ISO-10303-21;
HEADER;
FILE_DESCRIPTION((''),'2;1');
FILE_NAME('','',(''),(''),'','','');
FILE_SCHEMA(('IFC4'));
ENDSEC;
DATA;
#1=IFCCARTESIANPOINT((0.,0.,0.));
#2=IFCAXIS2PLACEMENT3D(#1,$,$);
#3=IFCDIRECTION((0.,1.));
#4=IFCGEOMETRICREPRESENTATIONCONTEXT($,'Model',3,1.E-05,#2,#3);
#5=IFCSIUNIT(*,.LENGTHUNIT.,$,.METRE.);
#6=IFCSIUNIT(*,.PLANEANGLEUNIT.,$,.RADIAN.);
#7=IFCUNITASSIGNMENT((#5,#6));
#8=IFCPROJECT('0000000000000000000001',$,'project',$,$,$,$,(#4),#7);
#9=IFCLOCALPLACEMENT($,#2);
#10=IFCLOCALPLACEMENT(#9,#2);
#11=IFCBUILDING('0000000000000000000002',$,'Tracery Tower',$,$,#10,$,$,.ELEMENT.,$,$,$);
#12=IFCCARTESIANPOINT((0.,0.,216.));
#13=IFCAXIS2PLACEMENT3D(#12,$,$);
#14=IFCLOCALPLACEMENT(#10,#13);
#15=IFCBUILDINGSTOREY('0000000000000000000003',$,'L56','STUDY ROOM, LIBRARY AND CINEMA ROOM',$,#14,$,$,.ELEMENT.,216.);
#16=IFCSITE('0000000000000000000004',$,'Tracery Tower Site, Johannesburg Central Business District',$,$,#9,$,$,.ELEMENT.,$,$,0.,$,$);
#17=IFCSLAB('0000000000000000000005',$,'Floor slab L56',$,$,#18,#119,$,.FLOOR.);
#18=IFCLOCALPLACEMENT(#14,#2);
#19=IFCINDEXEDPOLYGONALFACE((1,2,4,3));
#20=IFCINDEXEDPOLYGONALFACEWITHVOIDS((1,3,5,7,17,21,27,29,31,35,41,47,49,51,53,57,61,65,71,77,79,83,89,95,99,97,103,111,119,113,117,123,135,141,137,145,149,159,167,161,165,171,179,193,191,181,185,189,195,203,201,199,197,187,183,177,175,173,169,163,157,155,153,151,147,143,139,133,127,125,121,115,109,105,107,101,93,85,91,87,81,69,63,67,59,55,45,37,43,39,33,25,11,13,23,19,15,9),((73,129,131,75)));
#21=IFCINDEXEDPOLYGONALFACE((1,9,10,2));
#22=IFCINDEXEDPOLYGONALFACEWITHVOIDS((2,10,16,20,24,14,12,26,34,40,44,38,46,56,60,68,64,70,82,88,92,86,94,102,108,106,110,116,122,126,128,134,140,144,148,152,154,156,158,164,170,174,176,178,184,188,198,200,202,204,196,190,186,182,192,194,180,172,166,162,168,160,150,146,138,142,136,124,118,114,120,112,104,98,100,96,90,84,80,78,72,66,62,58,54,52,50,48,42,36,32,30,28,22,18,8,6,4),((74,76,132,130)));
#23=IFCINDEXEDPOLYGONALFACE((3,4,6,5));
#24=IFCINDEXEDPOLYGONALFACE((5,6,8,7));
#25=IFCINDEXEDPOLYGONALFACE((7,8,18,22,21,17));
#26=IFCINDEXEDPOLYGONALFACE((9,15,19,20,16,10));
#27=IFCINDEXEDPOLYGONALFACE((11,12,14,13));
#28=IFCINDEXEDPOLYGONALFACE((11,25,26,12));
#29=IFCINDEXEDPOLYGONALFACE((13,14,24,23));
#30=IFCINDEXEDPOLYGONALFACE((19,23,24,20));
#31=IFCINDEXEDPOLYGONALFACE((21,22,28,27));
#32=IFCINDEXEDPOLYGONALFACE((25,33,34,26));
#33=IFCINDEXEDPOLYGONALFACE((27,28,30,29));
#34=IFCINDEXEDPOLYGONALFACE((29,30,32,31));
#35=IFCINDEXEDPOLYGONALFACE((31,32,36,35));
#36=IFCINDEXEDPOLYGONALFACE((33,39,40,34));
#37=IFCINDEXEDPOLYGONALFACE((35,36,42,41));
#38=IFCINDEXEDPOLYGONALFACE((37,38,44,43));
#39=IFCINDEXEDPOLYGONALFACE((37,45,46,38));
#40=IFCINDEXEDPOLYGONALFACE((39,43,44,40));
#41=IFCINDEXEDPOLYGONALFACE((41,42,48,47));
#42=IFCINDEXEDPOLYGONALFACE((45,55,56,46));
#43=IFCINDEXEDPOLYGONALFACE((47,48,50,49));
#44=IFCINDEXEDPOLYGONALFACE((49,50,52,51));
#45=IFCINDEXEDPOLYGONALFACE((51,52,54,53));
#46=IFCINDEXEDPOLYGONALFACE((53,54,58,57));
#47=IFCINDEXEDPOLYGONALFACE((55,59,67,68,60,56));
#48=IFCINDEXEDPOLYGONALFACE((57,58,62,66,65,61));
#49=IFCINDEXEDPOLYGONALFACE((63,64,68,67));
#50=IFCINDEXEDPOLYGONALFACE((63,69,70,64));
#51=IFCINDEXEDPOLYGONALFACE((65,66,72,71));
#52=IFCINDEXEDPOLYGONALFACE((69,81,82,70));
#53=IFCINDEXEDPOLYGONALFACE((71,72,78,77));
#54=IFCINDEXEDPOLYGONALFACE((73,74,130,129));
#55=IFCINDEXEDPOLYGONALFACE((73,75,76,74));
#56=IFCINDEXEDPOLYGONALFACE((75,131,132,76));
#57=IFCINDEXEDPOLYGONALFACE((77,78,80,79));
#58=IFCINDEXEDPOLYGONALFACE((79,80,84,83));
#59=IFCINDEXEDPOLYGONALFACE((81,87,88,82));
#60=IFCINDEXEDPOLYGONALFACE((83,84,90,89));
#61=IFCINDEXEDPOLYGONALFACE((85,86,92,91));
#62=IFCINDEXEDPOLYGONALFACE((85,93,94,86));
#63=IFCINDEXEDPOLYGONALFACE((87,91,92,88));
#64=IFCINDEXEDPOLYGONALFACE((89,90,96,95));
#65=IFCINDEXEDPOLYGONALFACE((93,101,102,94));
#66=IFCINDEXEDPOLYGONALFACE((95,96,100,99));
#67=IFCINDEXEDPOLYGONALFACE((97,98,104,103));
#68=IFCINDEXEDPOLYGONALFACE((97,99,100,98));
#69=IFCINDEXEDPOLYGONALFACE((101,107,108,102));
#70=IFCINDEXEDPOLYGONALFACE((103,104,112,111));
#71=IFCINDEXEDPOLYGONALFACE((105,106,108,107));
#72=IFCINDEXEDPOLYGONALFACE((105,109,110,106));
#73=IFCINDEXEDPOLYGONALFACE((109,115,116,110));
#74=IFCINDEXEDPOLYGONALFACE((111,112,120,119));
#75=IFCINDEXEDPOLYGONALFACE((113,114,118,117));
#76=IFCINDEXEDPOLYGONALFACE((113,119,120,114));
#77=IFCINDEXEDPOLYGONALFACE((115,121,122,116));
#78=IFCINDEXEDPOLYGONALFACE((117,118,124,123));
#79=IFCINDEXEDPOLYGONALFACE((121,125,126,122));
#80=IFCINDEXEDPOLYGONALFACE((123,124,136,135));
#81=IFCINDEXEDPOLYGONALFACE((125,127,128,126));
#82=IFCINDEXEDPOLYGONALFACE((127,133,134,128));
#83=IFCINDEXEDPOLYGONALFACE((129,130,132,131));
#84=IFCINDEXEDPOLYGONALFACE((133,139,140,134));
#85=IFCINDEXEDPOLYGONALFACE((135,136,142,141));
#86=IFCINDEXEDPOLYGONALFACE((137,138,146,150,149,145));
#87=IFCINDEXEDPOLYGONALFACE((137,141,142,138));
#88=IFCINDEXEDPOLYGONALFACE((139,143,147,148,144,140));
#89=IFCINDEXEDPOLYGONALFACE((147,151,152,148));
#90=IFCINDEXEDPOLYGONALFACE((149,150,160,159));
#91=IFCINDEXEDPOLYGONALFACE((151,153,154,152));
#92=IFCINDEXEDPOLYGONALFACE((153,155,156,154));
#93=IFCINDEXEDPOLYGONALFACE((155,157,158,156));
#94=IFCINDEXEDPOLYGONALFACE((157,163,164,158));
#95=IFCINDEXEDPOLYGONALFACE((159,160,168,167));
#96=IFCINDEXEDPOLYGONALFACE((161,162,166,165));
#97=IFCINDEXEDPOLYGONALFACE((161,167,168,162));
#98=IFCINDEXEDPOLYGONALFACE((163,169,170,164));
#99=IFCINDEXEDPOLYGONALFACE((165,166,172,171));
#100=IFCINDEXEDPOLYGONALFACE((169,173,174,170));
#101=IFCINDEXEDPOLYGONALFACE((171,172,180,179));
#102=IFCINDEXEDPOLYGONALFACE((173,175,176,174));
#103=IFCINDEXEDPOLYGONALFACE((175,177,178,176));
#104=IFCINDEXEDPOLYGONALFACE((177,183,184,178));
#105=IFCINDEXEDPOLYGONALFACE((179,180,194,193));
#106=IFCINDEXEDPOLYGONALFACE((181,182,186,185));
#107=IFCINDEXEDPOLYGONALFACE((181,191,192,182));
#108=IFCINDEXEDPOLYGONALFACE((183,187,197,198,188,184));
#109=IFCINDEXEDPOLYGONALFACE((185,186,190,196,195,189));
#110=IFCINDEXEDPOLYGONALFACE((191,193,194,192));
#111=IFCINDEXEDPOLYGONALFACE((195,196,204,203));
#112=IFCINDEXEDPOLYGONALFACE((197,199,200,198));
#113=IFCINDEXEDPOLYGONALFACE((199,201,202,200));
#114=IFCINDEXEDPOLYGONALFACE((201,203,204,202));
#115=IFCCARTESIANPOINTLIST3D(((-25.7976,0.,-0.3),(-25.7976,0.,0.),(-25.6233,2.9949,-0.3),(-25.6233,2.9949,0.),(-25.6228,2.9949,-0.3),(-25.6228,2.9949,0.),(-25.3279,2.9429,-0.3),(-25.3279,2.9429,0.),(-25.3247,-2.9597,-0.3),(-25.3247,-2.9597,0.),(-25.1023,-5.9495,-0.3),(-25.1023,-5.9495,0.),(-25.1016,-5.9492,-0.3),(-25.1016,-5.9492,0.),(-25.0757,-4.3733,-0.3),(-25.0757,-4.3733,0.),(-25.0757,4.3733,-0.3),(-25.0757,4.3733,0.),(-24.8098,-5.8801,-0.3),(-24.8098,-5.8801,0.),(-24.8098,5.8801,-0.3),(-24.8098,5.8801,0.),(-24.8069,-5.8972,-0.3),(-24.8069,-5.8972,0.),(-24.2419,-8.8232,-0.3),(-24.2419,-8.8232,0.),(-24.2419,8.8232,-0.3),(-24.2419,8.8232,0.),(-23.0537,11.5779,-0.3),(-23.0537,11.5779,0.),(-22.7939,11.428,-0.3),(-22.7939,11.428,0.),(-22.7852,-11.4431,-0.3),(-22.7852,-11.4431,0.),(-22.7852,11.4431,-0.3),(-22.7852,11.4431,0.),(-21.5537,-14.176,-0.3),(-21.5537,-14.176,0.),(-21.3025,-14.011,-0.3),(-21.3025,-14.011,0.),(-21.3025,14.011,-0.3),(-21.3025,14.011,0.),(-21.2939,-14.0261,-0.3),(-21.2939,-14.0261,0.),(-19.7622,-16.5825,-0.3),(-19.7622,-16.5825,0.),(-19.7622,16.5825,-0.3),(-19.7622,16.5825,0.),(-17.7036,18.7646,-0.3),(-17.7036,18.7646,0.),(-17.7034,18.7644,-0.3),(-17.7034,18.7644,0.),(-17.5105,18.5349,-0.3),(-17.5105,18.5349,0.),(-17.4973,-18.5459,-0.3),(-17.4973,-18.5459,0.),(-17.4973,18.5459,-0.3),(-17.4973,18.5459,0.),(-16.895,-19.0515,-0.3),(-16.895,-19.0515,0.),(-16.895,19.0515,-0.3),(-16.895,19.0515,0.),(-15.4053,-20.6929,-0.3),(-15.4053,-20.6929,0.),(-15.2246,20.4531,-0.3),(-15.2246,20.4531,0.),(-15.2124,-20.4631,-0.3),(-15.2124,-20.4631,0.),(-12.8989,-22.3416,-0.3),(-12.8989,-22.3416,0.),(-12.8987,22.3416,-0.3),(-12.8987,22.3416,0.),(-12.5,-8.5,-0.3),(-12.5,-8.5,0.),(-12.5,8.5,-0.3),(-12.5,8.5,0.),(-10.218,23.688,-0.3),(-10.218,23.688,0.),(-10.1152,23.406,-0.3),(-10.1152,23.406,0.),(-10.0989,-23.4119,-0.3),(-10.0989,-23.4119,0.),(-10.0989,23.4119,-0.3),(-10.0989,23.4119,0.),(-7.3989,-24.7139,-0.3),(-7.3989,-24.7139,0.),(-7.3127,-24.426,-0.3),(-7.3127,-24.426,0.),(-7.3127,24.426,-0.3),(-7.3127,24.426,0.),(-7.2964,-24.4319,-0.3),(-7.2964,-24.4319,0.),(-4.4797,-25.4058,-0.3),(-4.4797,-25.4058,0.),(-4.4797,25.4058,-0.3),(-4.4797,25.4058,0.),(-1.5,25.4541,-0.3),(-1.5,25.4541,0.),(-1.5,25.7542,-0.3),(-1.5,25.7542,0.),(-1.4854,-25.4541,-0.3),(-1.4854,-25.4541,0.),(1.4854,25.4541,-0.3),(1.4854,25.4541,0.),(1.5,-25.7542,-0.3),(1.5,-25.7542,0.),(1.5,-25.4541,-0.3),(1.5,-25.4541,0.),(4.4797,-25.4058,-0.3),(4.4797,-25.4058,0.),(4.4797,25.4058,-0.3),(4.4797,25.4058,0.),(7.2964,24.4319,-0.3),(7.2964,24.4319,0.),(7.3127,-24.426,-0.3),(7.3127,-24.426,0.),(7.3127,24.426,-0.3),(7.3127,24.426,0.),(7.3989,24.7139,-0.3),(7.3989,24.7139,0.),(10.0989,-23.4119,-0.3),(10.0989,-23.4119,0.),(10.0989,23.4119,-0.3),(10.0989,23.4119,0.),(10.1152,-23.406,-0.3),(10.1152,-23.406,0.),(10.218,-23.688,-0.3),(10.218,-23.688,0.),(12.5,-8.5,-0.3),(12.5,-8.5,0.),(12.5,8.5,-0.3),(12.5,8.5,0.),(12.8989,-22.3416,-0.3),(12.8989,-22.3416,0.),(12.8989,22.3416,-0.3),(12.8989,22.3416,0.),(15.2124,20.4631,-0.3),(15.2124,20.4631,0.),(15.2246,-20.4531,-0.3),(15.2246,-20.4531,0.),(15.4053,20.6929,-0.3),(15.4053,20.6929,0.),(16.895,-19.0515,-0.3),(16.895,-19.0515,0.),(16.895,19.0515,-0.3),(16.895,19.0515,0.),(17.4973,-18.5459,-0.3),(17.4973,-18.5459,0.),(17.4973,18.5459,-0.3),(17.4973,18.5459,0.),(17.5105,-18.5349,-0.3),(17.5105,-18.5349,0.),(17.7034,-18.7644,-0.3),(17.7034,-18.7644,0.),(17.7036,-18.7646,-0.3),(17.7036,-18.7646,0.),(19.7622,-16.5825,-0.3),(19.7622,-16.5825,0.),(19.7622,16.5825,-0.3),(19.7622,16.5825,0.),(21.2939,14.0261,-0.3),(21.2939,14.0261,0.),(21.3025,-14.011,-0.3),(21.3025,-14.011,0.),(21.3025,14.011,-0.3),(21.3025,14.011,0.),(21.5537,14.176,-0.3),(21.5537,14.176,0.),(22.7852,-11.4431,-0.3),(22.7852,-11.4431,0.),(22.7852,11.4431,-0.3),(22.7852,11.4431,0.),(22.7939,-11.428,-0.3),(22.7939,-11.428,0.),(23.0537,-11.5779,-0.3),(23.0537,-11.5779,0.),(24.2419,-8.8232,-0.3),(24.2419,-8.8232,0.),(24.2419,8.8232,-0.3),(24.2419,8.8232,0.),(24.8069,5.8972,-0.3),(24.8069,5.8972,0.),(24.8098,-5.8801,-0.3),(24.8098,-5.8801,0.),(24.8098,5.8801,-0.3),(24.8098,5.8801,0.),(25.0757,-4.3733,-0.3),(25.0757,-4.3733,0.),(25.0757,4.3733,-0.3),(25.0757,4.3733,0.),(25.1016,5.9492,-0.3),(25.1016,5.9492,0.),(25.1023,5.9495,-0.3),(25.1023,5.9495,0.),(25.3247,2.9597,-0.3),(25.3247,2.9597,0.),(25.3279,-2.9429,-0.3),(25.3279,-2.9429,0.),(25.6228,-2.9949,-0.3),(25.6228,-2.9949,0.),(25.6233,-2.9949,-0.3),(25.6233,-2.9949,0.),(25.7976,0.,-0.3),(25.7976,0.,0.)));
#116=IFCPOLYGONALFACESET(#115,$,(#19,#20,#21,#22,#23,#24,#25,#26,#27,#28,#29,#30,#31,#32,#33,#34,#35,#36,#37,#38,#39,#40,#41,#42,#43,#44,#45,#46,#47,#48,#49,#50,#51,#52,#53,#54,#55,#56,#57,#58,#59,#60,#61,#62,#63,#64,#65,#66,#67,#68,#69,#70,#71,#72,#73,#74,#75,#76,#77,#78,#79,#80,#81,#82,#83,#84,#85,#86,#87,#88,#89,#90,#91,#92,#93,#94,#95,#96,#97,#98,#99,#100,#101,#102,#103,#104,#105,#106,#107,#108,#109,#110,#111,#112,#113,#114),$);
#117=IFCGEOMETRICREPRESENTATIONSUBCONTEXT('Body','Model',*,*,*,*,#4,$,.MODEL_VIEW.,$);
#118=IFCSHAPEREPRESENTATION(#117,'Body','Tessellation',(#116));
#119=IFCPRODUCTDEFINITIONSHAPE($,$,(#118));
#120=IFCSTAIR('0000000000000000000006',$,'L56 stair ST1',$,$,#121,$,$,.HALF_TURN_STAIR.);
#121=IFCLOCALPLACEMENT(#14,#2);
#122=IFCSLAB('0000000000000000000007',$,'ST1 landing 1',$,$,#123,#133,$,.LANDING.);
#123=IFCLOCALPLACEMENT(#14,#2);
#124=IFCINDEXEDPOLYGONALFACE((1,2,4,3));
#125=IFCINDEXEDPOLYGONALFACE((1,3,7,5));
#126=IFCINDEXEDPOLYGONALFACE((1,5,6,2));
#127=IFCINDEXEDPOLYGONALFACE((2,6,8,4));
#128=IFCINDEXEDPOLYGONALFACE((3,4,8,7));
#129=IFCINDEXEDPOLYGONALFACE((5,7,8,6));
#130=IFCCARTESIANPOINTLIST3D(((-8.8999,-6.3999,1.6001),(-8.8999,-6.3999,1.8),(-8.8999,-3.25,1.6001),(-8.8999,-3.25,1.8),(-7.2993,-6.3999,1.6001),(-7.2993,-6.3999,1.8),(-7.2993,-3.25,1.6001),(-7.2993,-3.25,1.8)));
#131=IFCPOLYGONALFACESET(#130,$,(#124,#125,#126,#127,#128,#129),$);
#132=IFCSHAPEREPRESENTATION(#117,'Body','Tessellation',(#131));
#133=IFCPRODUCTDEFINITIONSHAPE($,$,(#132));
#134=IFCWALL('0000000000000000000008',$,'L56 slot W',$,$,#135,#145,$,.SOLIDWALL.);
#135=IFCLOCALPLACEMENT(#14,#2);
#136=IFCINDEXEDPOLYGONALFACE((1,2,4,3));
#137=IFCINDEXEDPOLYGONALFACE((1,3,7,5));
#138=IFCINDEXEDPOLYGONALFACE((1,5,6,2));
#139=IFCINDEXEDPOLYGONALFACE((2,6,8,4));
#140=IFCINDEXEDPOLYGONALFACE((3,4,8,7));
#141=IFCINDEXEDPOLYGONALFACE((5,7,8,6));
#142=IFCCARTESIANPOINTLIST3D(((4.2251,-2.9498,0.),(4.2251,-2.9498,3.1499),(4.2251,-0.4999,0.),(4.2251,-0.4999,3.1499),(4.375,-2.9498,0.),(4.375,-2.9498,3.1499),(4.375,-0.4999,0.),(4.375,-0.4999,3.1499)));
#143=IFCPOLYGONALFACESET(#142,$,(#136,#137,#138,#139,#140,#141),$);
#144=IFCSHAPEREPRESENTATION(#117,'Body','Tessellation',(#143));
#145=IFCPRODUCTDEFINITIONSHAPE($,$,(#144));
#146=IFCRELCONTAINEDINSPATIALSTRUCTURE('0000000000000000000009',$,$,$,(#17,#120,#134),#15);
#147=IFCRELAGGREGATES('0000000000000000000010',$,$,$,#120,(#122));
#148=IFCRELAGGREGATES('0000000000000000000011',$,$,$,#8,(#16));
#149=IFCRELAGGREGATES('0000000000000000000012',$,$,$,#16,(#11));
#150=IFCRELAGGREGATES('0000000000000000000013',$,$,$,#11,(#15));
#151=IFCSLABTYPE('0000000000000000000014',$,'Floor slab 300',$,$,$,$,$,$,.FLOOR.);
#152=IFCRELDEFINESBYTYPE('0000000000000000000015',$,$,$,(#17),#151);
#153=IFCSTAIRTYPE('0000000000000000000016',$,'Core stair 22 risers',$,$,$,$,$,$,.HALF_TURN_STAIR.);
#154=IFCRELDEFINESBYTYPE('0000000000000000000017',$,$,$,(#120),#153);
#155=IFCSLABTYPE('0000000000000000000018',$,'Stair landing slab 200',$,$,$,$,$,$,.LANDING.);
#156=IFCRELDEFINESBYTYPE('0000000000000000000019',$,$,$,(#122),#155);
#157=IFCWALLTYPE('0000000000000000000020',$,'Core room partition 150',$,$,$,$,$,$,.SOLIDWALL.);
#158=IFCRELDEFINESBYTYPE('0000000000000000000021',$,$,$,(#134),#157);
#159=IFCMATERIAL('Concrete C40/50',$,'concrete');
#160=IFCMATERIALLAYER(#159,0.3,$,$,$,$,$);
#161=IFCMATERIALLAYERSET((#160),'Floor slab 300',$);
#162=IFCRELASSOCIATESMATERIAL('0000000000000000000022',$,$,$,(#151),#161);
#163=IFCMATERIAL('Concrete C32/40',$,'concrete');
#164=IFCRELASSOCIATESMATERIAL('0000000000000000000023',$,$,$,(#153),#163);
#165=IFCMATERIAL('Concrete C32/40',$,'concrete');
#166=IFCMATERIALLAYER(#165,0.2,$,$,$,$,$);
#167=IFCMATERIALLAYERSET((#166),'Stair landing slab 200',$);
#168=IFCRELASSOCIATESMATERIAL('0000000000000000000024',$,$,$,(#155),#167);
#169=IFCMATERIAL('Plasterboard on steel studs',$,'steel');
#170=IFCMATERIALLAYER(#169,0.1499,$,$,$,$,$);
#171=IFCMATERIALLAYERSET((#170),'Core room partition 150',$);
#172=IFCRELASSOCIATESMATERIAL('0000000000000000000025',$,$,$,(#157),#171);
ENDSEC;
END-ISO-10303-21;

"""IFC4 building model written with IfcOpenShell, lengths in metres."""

from ifc_helpers import new_model, si_unit, direction, frame, frame_2d, origin, place, context, subcontext, project, spatial, polyline, rectangle, outline, extrude, material, layer, layer_set, type_object, element, aggregate, save


model = new_model("IFC4")

# Units and contexts
model_context = context("Model", 3, precision=1e-05, world=origin(), true_north=direction((0.0, 1.0)))
body_context = subcontext(model_context, "Body", "Model", "MODEL_VIEW")
ifc_project = project(units=[si_unit("LENGTHUNIT", "METRE"), si_unit("PLANEANGLEUNIT", "RADIAN")], contexts=[model_context])

# Site, building, storey
site_placement = place(None, origin())
site = spatial("IfcSite", under=ifc_project, at=site_placement, Name="Tracery Tower Site, Johannesburg Central Business District", CompositionType="ELEMENT", RefElevation=0.0)
building_placement = place(site_placement, origin())
building = spatial("IfcBuilding", under=site, at=building_placement, Name="Tracery Tower", CompositionType="ELEMENT")
storey_placement = place(building_placement, frame((0.0, 0.0, 216.0)))
storey = spatial("IfcBuildingStorey", under=building, at=storey_placement, Name="L56", Description="STUDY ROOM, LIBRARY AND CINEMA ROOM", CompositionType="ELEMENT", Elevation=216.0)

# Slab
ifc_material_1 = material(Name="Concrete C40/50", Category="concrete")
ifc_layer_1 = layer(ifc_material_1, 0.3)
ifc_layer_set_1 = layer_set([ifc_layer_1], Name="Floor slab 300")
slab_type_1 = type_object("IfcSlabType", Name="Floor slab 300", PredefinedType="FLOOR", material=ifc_layer_set_1)
slab_1_placement = place(storey_placement, frame((0.0, 0.0, -0.3)))
element("IfcSlab", 1, at=slab_1_placement, inside=storey, type_object=slab_type_1, Name="Floor slab L56", PredefinedType="FLOOR", context=body_context, shape_type="SweptSolid", body=[
    extrude(outline(polyline([(25.3247, 2.9597), (25.0757, 4.3733), (24.8098, 5.8801), (24.8098, 5.8801), (24.8069, 5.8972), (25.1016, 5.9492), (25.1023, 5.9495), (24.2419, 8.8232), (22.7852, 11.4431), (21.3025, 14.011), (21.3025, 14.011), (21.2939, 14.0261), (21.5537, 14.176), (21.5537, 14.176), (19.7622, 16.5825), (17.4973, 18.5459), (16.895, 19.0515), (15.2124, 20.4631), (15.4053, 20.6929), (12.8989, 22.3416), (10.0989, 23.4119), (7.3127, 24.426), (7.3127, 24.426), (7.2964, 24.4319), (7.3989, 24.7139), (4.4797, 25.4058), (1.4854, 25.4541), (-1.5, 25.4541), (-1.5, 25.7542), (-4.4797, 25.4058), (-7.3127, 24.426), (-10.0989, 23.4119), (-10.0989, 23.4119), (-10.1152, 23.406), (-10.218, 23.688), (-12.8987, 22.3416), (-15.2246, 20.4531), (-16.895, 19.0515), (-17.4973, 18.5459), (-17.4973, 18.5459), (-17.5105, 18.5349), (-17.7034, 18.7644), (-17.7036, 18.7646), (-19.7622, 16.5825), (-21.3025, 14.011), (-22.7852, 11.4431), (-22.7852, 11.4431), (-22.7939, 11.428), (-23.0537, 11.5779), (-23.0537, 11.5779), (-24.2419, 8.8232), (-24.8098, 5.8801), (-25.0757, 4.3733), (-25.3279, 2.9429), (-25.6228, 2.9949), (-25.6233, 2.9949), (-25.7976, 0.0), (-25.3247, -2.9597), (-25.0757, -4.3733), (-24.8098, -5.8801), (-24.8098, -5.8801), (-24.8069, -5.8972), (-25.1016, -5.9492), (-25.1023, -5.9495), (-24.2419, -8.8232), (-22.7852, -11.4431), (-21.3025, -14.011), (-21.3025, -14.011), (-21.2939, -14.0261), (-21.5537, -14.176), (-21.5537, -14.176), (-19.7622, -16.5825), (-17.4973, -18.5459), (-16.895, -19.0515), (-15.2124, -20.4631), (-15.4053, -20.6929), (-12.8989, -22.3416), (-10.0989, -23.4119), (-7.3127, -24.426), (-7.3127, -24.426), (-7.2964, -24.4319), (-7.3989, -24.7139), (-4.4797, -25.4058), (-1.4854, -25.4541), (1.5, -25.4541), (1.5, -25.7542), (4.4797, -25.4058), (7.3127, -24.426), (10.0989, -23.4119), (10.0989, -23.4119), (10.1152, -23.406), (10.218, -23.688), (12.8989, -22.3416), (15.2246, -20.4531), (16.895, -19.0515), (17.4973, -18.5459), (17.4973, -18.5459), (17.5105, -18.5349), (17.7034, -18.7644), (17.7036, -18.7646), (19.7622, -16.5825), (21.3025, -14.011), (22.7852, -11.4431), (22.7852, -11.4431), (22.7939, -11.428), (23.0537, -11.5779), (23.0537, -11.5779), (24.2419, -8.8232), (24.8098, -5.8801), (25.0757, -4.3733), (25.3279, -2.9429), (25.6228, -2.9949), (25.6233, -2.9949), (25.7976, 0.0), (25.3247, 2.9597)]), holes=[polyline([(-12.5, -8.5), (12.5, -8.5), (12.5, 8.5), (-12.5, 8.5), (-12.5, -8.5)])]), origin(), (0.0, 0.0, 1.0), 0.3),
])

# Stair, slab
ifc_material_2 = material(Name="Concrete C32/40", Category="concrete")
stair_type = type_object("IfcStairType", Name="Core stair 22 risers", PredefinedType="HALF_TURN_STAIR", material=ifc_material_2)
stair_1_placement = place(storey_placement, origin())
stair_1 = element("IfcStair", 2, at=stair_1_placement, inside=storey, type_object=stair_type, Name="L56 stair ST1", PredefinedType="HALF_TURN_STAIR")
ifc_material_3 = material(Name="Concrete C32/40", Category="concrete")
ifc_layer_2 = layer(ifc_material_3, 0.2)
ifc_layer_set_2 = layer_set([ifc_layer_2], Name="Stair landing slab 200")
slab_type_2 = type_object("IfcSlabType", Name="Stair landing slab 200", PredefinedType="LANDING", material=ifc_layer_set_2)
slab_2_placement = place(storey_placement, frame((0.0, 0.0, 1.6001)))
slab_2 = element("IfcSlab", 3, at=slab_2_placement, type_object=slab_type_2, Name="ST1 landing 1", PredefinedType="LANDING", context=body_context, shape_type="SweptSolid", body=[
    extrude(outline(polyline([(-7.2993, -3.25), (-8.8999, -3.25), (-8.8999, -6.3999), (-7.2993, -6.3999), (-7.2993, -3.25)])), origin(), (0.0, 0.0, 1.0), 0.2),
])
aggregate(stair_1, [slab_2])

# Wall
ifc_material_4 = material(Name="Plasterboard on steel studs", Category="steel")
ifc_layer_3 = layer(ifc_material_4, 0.1499)
ifc_layer_set_3 = layer_set([ifc_layer_3], Name="Core room partition 150")
wall_type_1 = type_object("IfcWallType", Name="Core room partition 150", PredefinedType="SOLIDWALL", material=ifc_layer_set_3)
wall_1_placement = place(storey_placement, frame((4.3, -2.95, 0.0), z_axis=(0.0, 0.0, 1.0), x_axis=(0.0, 1.0, 0.0)))
element("IfcWall", 4, at=wall_1_placement, inside=storey, type_object=wall_type_1, Name="L56 slot W", PredefinedType="SOLIDWALL", context=body_context, shape_type="SweptSolid", body=[
    extrude(rectangle(XDim=2.45, YDim=0.1499, at=frame_2d((1.2251, 0.0))), origin(), (0.0, 0.0, 1.0), 3.1499),
])

save(model, "model.ifc")
